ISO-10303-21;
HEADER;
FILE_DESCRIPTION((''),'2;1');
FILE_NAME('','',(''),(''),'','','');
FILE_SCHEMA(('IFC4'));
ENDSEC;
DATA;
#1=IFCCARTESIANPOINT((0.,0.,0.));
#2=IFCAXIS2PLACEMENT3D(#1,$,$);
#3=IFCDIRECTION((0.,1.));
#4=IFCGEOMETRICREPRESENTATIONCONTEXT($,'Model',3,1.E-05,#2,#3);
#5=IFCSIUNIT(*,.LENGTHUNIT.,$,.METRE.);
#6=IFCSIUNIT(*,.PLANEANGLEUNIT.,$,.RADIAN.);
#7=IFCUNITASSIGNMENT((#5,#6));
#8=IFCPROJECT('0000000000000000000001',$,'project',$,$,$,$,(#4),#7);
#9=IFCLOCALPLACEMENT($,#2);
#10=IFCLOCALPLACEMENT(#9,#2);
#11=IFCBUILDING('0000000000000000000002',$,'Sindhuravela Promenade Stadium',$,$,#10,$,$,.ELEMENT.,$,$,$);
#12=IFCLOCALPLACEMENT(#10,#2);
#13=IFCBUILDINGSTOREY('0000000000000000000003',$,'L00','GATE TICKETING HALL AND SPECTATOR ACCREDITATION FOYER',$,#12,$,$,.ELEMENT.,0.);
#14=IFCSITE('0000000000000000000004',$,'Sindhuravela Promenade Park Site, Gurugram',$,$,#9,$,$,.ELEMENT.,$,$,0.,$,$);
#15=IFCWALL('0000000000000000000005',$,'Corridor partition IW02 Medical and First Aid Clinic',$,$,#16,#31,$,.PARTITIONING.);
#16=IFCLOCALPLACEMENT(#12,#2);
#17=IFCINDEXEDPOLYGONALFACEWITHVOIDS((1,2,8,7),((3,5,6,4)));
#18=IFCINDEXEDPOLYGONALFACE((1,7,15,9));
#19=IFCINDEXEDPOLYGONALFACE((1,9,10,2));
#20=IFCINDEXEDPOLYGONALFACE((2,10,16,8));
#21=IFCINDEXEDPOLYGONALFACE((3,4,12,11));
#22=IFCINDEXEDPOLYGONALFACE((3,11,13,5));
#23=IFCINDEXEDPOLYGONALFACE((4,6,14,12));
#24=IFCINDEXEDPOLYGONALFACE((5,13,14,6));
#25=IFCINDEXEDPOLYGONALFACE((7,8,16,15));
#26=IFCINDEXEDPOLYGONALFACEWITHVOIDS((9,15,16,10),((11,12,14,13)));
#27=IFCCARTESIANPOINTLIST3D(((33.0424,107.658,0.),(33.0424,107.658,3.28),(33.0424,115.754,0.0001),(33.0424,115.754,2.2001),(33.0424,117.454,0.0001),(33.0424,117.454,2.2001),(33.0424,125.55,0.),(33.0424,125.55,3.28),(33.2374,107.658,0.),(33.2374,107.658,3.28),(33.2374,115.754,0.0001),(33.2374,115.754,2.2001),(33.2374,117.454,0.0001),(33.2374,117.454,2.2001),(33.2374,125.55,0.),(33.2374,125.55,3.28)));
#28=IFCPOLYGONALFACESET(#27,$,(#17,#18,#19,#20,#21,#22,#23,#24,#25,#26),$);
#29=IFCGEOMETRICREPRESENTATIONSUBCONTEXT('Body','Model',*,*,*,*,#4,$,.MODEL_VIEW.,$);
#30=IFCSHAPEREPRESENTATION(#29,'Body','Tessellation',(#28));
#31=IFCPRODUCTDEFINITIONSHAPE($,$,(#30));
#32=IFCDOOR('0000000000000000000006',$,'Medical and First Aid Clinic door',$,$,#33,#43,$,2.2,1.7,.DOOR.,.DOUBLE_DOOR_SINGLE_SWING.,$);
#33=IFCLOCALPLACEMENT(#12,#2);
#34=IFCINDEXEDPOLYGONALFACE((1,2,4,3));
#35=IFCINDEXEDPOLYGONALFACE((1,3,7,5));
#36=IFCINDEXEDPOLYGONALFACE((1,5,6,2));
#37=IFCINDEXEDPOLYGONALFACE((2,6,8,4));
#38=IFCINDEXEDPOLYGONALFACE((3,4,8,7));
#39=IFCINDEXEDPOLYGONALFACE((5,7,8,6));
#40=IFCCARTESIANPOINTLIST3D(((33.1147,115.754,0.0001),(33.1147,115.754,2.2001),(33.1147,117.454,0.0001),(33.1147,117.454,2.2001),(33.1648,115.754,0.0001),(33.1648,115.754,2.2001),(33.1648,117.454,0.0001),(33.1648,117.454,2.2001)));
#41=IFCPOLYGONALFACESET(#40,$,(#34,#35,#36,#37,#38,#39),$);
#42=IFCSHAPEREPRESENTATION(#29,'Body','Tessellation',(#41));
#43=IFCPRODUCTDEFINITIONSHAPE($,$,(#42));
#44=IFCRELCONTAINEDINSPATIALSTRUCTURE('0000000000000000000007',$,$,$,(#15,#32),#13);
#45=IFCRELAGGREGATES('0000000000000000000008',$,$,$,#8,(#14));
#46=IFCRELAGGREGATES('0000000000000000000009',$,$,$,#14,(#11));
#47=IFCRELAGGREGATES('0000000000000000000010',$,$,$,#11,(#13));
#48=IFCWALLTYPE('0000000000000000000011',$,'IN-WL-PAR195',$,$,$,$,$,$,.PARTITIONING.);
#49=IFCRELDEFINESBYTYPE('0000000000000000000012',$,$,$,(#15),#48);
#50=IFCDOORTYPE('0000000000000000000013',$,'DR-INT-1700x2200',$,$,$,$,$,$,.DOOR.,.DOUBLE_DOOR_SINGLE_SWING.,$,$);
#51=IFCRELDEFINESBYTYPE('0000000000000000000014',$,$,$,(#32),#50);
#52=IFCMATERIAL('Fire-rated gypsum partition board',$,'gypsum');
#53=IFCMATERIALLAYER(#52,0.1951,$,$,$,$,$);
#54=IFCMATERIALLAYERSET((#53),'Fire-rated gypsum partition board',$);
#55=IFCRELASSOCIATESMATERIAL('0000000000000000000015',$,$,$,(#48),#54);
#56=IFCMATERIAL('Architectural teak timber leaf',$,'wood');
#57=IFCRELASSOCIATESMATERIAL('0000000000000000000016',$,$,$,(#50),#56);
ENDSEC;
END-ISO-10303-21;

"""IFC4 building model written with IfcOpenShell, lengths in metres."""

from ifc_helpers import new_model, si_unit, direction, frame, frame_2d, origin, place, context, subcontext, project, spatial, rectangle, extrude, material, layer, layer_set, type_object, element, fill, save


model = new_model("IFC4")

# Units and contexts
model_context = context("Model", 3, precision=1e-05, world=origin(), true_north=direction((0.0, 1.0)))
body_context = subcontext(model_context, "Body", "Model", "MODEL_VIEW")
ifc_project = project(units=[si_unit("LENGTHUNIT", "METRE"), si_unit("PLANEANGLEUNIT", "RADIAN")], contexts=[model_context])

# Site, building, storey
site_placement = place(None, origin())
site = spatial("IfcSite", under=ifc_project, at=site_placement, Name="Sindhuravela Promenade Park Site, Gurugram", CompositionType="ELEMENT", RefElevation=0.0)
building_placement = place(site_placement, origin())
building = spatial("IfcBuilding", under=site, at=building_placement, Name="Sindhuravela Promenade Stadium", CompositionType="ELEMENT")
storey_placement = place(building_placement, origin())
storey = spatial("IfcBuildingStorey", under=building, at=storey_placement, Name="L00", Description="GATE TICKETING HALL AND SPECTATOR ACCREDITATION FOYER", CompositionType="ELEMENT", Elevation=0.0)

# Wall, opening, door
ifc_material_1 = material(Name="Fire-rated gypsum partition board", Category="gypsum")
ifc_layer_1 = layer(ifc_material_1, 0.1951)
ifc_layer_set_1 = layer_set([ifc_layer_1], Name="Fire-rated gypsum partition board")
wall_type_1 = type_object("IfcWallType", Name="IN-WL-PAR195", PredefinedType="PARTITIONING", material=ifc_layer_set_1)
wall_1_placement = place(storey_placement, frame((33.1399, 125.55, 0.0), z_axis=(0.0, 0.0, 1.0), x_axis=(0.0, -1.0, 0.0)))
wall_1 = element("IfcWall", 1, at=wall_1_placement, inside=storey, type_object=wall_type_1, Name="Corridor partition IW02 Medical and First Aid Clinic", PredefinedType="PARTITIONING", context=body_context, shape_type="SweptSolid", body=[
    extrude(rectangle(XDim=17.8921, YDim=0.1951, at=frame_2d((8.946, 0.0))), origin(), (0.0, 0.0, 1.0), 3.28),
])
opening_placement = place(wall_1_placement, frame((8.0959, 0.0, 0.0)))
opening = element("IfcOpeningElement", 2, at=opening_placement, cuts=wall_1, PredefinedType="OPENING", context=body_context, shape_type="SweptSolid", body=[
    extrude(rectangle(XDim=1.7, YDim=2.2, at=frame_2d((0.8501, 1.1001))), frame((0.0, 0.1074, 0.0), z_axis=(0.0, -1.0, 0.0), x_axis=(1.0, 0.0, 0.0)), (0.0, 0.0, 1.0), 0.2151),
])
ifc_material_2 = material(Name="Architectural teak timber leaf", Category="wood")
door_type = type_object("IfcDoorType", Name="DR-INT-1700x2200", OperationType="DOUBLE_DOOR_SINGLE_SWING", PredefinedType="DOOR", material=ifc_material_2)
door_placement = place(opening_placement, origin())
door = element("IfcDoor", 3, at=door_placement, inside=storey, type_object=door_type, Name="Medical and First Aid Clinic door", OperationType="DOUBLE_DOOR_SINGLE_SWING", OverallHeight=2.2, OverallWidth=1.7, PredefinedType="DOOR", context=body_context, shape_type="SweptSolid", body=[
    extrude(rectangle(XDim=1.7, YDim=2.2, at=frame_2d((0.8501, 1.1001))), frame((0.0, 0.0249, 0.0), z_axis=(0.0, -1.0, 0.0), x_axis=(1.0, 0.0, 0.0)), (0.0, 0.0, 1.0), 0.05),
])
fill(opening, door)

save(model, "model.ifc")
